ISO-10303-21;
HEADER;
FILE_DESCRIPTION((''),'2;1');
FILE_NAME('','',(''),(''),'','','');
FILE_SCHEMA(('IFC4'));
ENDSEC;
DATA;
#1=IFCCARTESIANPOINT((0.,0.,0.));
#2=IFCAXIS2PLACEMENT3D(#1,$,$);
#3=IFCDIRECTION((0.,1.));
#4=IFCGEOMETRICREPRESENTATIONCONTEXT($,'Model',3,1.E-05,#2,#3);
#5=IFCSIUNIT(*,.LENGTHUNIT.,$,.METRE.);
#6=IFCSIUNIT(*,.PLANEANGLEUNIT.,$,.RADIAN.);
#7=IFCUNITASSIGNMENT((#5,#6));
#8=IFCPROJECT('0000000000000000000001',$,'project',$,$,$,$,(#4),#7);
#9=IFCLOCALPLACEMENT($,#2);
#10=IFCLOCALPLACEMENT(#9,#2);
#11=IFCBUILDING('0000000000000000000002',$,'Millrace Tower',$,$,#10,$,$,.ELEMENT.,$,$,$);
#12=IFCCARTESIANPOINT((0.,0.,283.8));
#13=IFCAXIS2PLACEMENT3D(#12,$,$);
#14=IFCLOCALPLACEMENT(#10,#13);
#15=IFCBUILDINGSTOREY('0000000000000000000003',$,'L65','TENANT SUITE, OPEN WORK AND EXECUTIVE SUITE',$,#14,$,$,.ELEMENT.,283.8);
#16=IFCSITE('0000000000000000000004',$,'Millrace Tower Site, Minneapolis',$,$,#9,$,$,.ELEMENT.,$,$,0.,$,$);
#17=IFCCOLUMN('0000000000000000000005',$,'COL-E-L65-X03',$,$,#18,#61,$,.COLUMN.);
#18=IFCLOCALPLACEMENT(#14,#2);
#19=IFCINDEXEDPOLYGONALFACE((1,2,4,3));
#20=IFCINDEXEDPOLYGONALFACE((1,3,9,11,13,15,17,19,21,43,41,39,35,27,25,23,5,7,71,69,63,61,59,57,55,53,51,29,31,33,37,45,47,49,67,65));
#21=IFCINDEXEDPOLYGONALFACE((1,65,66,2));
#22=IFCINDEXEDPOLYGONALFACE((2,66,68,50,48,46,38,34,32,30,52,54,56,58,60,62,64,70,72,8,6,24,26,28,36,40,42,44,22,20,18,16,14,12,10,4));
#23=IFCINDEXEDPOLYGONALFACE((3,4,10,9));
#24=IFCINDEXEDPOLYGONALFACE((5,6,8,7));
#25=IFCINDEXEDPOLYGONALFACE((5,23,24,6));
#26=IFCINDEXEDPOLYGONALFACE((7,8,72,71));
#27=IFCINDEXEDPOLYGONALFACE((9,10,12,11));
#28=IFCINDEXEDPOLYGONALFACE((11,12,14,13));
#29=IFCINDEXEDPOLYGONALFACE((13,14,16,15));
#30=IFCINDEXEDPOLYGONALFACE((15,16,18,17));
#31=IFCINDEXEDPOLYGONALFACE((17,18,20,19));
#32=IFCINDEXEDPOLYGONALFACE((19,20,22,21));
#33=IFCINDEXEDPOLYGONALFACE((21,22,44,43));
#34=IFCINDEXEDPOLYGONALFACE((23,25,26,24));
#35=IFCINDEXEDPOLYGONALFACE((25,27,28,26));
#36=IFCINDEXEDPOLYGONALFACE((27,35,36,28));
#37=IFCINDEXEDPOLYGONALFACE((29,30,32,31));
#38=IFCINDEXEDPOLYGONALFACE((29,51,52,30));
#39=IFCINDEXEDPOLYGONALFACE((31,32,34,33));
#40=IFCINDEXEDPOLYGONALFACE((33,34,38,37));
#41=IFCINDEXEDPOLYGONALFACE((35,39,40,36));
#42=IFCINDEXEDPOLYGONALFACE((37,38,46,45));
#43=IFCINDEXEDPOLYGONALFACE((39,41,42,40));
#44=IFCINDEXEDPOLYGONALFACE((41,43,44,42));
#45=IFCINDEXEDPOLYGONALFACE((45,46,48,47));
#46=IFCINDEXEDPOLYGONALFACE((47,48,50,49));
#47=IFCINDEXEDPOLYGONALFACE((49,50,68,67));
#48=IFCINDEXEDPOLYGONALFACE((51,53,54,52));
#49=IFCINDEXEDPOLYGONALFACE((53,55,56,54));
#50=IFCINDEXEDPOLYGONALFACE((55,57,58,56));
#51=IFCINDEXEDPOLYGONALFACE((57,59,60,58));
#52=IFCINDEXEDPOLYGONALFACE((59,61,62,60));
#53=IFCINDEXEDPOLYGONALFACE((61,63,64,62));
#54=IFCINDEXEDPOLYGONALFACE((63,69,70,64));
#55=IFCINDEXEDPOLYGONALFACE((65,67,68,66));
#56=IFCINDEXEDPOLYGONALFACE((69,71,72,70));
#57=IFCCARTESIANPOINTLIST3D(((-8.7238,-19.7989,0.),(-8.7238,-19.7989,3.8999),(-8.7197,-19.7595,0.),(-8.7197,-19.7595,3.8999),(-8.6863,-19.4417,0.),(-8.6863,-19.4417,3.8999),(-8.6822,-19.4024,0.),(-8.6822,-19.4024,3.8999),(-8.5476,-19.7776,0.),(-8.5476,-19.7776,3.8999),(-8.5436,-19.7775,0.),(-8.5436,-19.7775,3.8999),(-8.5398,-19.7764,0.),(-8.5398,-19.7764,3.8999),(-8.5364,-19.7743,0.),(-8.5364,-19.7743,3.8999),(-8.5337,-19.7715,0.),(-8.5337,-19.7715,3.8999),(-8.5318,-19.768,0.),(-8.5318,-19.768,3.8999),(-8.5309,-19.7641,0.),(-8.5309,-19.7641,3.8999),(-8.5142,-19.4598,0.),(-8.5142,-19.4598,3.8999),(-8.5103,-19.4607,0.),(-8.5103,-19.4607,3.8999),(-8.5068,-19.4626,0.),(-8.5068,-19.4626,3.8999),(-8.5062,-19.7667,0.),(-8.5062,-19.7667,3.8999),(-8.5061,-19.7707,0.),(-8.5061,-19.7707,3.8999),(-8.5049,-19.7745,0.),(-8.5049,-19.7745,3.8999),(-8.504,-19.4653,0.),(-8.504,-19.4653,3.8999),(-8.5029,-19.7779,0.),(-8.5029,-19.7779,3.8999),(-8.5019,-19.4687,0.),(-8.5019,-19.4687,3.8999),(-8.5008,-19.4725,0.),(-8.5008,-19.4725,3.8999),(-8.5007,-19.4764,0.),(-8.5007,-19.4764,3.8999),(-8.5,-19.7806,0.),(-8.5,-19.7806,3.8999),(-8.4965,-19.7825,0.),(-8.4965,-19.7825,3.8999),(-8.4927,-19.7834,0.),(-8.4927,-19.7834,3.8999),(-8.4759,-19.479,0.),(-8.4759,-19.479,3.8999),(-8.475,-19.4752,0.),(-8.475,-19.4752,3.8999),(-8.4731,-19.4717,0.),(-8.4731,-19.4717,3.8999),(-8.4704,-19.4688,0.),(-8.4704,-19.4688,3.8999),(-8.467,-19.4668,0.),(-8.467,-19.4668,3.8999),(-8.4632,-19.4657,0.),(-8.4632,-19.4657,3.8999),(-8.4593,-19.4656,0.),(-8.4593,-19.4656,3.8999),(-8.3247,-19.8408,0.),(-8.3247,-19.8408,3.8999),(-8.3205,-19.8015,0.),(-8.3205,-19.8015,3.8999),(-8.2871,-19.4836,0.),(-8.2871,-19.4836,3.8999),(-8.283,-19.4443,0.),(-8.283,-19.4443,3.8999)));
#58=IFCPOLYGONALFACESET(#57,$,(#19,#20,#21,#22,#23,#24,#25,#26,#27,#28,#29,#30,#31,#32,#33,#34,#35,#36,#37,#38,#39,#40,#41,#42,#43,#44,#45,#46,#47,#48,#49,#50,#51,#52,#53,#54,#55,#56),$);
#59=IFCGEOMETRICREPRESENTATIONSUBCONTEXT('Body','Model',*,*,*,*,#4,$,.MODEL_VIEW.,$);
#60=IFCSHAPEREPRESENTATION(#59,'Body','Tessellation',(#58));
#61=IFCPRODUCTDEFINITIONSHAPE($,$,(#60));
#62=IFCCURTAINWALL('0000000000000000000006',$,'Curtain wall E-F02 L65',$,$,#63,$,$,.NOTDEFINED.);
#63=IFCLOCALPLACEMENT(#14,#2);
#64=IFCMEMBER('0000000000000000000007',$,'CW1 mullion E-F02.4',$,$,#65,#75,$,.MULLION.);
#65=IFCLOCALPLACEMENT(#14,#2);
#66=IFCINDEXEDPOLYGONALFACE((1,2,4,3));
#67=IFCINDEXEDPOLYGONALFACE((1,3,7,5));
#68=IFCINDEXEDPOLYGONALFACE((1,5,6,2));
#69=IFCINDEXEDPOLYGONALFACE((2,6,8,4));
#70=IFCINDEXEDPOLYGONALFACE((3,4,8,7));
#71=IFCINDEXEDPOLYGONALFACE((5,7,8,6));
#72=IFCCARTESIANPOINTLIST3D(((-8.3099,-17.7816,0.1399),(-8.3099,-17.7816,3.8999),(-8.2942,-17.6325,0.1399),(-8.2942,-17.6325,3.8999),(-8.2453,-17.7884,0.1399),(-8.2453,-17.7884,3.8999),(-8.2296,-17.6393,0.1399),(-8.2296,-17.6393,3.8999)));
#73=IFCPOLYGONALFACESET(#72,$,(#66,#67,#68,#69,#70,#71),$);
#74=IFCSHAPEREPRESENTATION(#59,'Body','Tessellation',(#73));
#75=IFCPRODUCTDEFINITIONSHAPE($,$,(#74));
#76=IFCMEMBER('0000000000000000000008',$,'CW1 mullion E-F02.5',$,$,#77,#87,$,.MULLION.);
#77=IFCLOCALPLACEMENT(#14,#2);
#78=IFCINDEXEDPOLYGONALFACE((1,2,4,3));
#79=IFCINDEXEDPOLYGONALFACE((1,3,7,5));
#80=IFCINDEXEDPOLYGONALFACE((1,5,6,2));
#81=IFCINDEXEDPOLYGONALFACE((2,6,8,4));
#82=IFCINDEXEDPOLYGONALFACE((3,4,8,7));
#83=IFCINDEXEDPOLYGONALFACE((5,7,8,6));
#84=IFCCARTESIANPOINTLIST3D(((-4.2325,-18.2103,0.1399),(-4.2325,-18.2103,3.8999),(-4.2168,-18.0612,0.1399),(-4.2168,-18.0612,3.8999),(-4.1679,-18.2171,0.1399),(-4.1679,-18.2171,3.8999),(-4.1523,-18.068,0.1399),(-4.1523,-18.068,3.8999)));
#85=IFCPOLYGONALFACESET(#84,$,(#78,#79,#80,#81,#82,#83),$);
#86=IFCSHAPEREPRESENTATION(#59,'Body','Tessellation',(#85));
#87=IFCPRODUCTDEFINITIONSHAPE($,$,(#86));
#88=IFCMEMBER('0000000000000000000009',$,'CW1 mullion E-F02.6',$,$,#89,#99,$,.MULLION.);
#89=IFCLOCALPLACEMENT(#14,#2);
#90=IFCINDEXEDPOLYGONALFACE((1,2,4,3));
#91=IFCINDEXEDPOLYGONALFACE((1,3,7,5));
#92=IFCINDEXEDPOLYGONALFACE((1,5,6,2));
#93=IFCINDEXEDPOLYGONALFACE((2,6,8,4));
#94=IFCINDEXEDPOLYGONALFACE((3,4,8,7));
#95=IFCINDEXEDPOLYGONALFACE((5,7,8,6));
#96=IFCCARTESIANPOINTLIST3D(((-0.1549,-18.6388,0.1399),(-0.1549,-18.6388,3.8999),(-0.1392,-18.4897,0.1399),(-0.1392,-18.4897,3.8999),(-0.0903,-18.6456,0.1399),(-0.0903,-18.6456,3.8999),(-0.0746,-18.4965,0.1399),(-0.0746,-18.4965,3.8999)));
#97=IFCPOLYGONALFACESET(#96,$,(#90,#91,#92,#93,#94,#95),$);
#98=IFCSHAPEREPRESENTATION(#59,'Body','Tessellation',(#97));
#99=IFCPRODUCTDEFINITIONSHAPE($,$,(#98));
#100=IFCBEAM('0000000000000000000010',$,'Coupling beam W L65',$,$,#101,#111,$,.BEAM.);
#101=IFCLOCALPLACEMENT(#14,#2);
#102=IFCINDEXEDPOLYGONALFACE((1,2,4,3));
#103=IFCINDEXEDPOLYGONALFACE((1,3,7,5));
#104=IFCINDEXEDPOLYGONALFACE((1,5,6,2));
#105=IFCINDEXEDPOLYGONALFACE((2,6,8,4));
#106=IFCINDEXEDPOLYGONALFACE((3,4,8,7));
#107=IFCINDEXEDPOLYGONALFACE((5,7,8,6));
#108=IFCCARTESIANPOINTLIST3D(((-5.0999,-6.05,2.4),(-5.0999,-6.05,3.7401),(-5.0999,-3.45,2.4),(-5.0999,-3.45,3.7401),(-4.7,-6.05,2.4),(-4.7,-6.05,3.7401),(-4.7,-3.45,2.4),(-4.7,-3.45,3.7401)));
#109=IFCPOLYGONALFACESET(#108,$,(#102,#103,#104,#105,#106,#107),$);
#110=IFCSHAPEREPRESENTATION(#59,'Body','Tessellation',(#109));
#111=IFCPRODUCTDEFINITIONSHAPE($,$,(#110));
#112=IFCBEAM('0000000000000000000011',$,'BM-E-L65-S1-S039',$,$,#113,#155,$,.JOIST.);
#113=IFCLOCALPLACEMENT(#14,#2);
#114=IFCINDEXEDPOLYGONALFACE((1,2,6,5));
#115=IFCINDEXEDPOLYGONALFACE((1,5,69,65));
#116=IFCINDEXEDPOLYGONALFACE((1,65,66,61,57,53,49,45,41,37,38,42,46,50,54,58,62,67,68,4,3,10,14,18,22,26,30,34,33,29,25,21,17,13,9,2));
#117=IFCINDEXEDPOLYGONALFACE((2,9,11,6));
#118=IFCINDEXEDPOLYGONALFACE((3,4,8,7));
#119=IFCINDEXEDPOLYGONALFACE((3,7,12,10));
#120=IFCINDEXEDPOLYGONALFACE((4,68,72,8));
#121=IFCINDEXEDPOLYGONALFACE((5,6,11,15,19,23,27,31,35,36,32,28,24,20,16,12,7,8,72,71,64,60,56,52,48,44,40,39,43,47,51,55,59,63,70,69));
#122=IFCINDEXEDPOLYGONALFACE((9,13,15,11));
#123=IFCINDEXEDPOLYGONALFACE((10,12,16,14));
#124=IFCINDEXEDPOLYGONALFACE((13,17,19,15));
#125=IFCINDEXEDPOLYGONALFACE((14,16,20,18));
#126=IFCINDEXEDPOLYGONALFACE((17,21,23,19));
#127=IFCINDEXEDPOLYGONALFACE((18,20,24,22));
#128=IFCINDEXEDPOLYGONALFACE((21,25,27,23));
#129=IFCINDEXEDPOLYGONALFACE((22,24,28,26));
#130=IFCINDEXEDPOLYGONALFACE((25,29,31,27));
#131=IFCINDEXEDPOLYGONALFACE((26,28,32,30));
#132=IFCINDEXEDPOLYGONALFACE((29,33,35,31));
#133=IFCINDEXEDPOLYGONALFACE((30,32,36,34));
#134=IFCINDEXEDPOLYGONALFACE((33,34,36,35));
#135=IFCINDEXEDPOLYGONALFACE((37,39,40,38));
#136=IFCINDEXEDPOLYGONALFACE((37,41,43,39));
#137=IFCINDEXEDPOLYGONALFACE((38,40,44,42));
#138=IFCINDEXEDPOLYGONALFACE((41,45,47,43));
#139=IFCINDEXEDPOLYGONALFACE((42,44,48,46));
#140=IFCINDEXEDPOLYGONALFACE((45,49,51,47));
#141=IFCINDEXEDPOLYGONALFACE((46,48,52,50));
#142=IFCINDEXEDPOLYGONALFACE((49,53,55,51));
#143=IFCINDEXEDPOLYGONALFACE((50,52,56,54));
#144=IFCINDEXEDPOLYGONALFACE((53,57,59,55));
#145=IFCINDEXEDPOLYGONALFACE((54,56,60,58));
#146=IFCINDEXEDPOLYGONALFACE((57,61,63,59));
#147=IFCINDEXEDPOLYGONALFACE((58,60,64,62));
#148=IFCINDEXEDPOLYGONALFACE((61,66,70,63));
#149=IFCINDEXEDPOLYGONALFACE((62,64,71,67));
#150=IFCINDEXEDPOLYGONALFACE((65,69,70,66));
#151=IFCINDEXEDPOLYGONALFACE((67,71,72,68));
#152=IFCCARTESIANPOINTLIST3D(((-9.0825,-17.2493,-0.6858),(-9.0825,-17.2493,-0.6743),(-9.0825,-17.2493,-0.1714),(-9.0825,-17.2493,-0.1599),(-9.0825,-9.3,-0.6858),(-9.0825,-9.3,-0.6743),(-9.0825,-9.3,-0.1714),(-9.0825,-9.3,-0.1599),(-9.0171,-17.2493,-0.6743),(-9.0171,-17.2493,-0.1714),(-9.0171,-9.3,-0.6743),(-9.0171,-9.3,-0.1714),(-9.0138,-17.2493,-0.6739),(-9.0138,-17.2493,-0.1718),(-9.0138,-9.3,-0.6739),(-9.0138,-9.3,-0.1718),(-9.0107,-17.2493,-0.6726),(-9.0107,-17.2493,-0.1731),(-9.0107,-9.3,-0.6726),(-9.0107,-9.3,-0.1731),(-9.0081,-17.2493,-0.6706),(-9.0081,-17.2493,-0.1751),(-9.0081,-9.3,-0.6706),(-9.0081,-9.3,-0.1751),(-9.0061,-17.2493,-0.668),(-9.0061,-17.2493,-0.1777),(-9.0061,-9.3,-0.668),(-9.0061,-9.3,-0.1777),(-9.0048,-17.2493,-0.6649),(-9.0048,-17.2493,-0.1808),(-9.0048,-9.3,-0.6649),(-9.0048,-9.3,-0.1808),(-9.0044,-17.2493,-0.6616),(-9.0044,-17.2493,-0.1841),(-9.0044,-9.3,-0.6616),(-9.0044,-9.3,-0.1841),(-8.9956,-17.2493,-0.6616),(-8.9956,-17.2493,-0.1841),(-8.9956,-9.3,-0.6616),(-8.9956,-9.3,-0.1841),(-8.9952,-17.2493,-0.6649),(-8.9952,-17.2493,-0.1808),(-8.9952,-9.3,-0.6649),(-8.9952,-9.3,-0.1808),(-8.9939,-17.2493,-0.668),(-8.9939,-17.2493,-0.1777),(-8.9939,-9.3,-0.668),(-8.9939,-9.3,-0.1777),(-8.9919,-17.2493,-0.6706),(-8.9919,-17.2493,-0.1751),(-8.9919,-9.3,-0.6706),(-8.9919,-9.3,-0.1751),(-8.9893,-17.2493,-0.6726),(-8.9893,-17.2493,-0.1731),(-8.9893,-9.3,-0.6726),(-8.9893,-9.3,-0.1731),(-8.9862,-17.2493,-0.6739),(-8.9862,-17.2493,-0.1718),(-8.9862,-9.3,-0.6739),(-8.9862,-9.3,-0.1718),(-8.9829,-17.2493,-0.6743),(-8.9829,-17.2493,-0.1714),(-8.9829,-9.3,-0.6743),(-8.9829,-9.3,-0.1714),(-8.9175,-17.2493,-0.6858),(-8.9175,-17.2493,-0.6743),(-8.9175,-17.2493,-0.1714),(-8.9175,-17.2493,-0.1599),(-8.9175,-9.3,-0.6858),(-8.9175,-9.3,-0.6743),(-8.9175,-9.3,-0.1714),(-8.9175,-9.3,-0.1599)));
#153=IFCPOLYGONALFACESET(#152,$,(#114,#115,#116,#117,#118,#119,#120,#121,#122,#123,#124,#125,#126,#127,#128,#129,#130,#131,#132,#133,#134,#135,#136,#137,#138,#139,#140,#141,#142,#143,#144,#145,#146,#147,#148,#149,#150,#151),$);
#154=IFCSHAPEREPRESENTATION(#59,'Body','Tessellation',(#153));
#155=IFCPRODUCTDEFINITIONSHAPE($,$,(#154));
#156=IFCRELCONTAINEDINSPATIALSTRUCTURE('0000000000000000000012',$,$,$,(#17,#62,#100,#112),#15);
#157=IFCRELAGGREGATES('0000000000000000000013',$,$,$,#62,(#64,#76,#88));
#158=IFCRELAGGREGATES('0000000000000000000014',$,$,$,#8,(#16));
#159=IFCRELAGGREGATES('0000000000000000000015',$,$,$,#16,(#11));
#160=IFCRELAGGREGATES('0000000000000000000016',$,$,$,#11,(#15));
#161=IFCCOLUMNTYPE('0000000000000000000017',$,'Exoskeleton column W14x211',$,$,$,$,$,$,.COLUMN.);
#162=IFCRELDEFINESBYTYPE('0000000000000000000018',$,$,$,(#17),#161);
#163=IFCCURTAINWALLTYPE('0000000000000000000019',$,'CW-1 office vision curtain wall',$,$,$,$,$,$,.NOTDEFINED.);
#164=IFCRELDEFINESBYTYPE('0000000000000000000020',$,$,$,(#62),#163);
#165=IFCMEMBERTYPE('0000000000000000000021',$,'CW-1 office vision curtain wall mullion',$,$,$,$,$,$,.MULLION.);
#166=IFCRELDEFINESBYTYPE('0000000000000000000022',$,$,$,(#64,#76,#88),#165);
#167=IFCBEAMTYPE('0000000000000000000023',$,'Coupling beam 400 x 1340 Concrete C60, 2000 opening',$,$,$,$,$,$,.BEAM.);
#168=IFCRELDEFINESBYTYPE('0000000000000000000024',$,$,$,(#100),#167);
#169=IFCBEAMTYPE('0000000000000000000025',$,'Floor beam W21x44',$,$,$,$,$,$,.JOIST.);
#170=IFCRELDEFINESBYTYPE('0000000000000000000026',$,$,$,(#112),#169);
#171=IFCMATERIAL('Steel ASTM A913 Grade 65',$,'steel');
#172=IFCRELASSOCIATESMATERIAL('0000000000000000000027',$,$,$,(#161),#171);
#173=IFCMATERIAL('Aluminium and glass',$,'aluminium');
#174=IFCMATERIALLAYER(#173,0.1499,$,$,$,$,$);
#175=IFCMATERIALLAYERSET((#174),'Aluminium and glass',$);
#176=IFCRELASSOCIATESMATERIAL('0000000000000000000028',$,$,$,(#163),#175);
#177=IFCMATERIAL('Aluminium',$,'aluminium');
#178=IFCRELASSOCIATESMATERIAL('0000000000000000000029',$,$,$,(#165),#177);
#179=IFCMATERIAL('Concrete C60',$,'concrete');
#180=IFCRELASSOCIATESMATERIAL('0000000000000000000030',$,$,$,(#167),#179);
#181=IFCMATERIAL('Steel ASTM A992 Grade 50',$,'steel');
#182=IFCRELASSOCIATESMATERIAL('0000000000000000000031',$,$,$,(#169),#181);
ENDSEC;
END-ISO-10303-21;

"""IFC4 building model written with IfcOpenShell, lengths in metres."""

from ifc_helpers import new_model, si_unit, direction, frame, origin, origin_2d, place, context, subcontext, project, spatial, rectangle, i_section, extrude, material, layer, layer_set, material_profile, profile_set, type_object, element, aggregate, save


model = new_model("IFC4")

# Units and contexts
model_context = context("Model", 3, precision=1e-05, world=origin(), true_north=direction((0.0, 1.0)))
body_context = subcontext(model_context, "Body", "Model", "MODEL_VIEW")
ifc_project = project(units=[si_unit("LENGTHUNIT", "METRE"), si_unit("PLANEANGLEUNIT", "RADIAN")], contexts=[model_context])

# Site, building, storey
site_placement = place(None, origin())
site = spatial("IfcSite", under=ifc_project, at=site_placement, Name="Millrace Tower Site, Minneapolis", CompositionType="ELEMENT", RefElevation=0.0)
building_placement = place(site_placement, origin())
building = spatial("IfcBuilding", under=site, at=building_placement, Name="Millrace Tower", CompositionType="ELEMENT")
storey_placement = place(building_placement, frame((0.0, 0.0, 283.8)))
storey = spatial("IfcBuildingStorey", under=building, at=storey_placement, Name="L65", Description="TENANT SUITE, OPEN WORK AND EXECUTIVE SUITE", CompositionType="ELEMENT", Elevation=283.8)

# Column
ifc_material_1 = material(Name="Steel ASTM A913 Grade 65", Category="steel")
ifc_material_profile_1 = material_profile(ifc_material_1, i_section(OverallWidth=0.4014, OverallDepth=0.3987, WebThickness=0.0249, FlangeThickness=0.0396, FilletRadius=0.0151, at=origin_2d()))
ifc_profile_set_1 = profile_set([ifc_material_profile_1], Name="Steel ASTM A913 Grade 65")
column_type = type_object("IfcColumnType", Name="Exoskeleton column W14x211", PredefinedType="COLUMN", material=ifc_profile_set_1)
column_placement = place(storey_placement, frame((-8.5034, -19.6216, 0.0), z_axis=(0.0, 0.0, 1.0), x_axis=(0.994522, -0.104528, 0.0)))
element("IfcColumn", 1, at=column_placement, inside=storey, type_object=column_type, Name="COL-E-L65-X03", PredefinedType="COLUMN", context=body_context, shape_type="SweptSolid", body=[
    extrude(i_section(OverallWidth=0.4014, OverallDepth=0.3987, WebThickness=0.0249, FlangeThickness=0.0396, FilletRadius=0.0151, at=origin_2d()), origin(), (0.0, 0.0, 1.0), 3.8999),
])

# Curtain wall, members
ifc_material_2 = material(Name="Aluminium and glass", Category="aluminium")
ifc_layer_1 = layer(ifc_material_2, 0.1499)
ifc_layer_set_1 = layer_set([ifc_layer_1], Name="Aluminium and glass")
curtain_wall_type = type_object("IfcCurtainWallType", Name="CW-1 office vision curtain wall", PredefinedType="NOTDEFINED", material=ifc_layer_set_1)
curtain_wall_placement = place(storey_placement, origin())
curtain_wall = element("IfcCurtainWall", 2, at=curtain_wall_placement, inside=storey, type_object=curtain_wall_type, Name="Curtain wall E-F02 L65", PredefinedType="NOTDEFINED")
ifc_material_3 = material(Name="Aluminium", Category="aluminium")
ifc_material_profile_2 = material_profile(ifc_material_3, rectangle(XDim=0.0649, YDim=0.1499, at=origin_2d()))
ifc_profile_set_2 = profile_set([ifc_material_profile_2], Name="Aluminium")
member_type = type_object("IfcMemberType", Name="CW-1 office vision curtain wall mullion", PredefinedType="MULLION", material=ifc_profile_set_2)
member_1_placement = place(storey_placement, frame((-8.2698, -17.7104, 0.1399), z_axis=(0.0, 0.0, 1.0), x_axis=(0.994522, -0.104528, 0.0)))
member_1 = element("IfcMember", 3, at=member_1_placement, type_object=member_type, Name="CW1 mullion E-F02.4", PredefinedType="MULLION", context=body_context, shape_type="SweptSolid", body=[
    extrude(rectangle(XDim=0.0649, YDim=0.1499, at=origin_2d()), origin(), (0.0, 0.0, 1.0), 3.76),
])
member_2_placement = place(storey_placement, frame((-4.1924, -18.1392, 0.1399), z_axis=(0.0, 0.0, 1.0), x_axis=(0.994522, -0.104528, 0.0)))
member_2 = element("IfcMember", 4, at=member_2_placement, type_object=member_type, Name="CW1 mullion E-F02.5", PredefinedType="MULLION", context=body_context, shape_type="SweptSolid", body=[
    extrude(rectangle(XDim=0.0649, YDim=0.1499, at=origin_2d()), origin(), (0.0, 0.0, 1.0), 3.76),
])
member_3_placement = place(storey_placement, frame((-0.1147, -18.5676, 0.1399), z_axis=(0.0, 0.0, 1.0), x_axis=(0.994522, -0.104528, 0.0)))
member_3 = element("IfcMember", 5, at=member_3_placement, type_object=member_type, Name="CW1 mullion E-F02.6", PredefinedType="MULLION", context=body_context, shape_type="SweptSolid", body=[
    extrude(rectangle(XDim=0.0649, YDim=0.1499, at=origin_2d()), origin(), (0.0, 0.0, 1.0), 3.76),
])
aggregate(curtain_wall, [member_1, member_2, member_3])

# Beams
ifc_material_4 = material(Name="Concrete C60", Category="concrete")
ifc_material_profile_3 = material_profile(ifc_material_4, rectangle(XDim=0.3999, YDim=1.3401, at=origin_2d()))
ifc_profile_set_3 = profile_set([ifc_material_profile_3], Name="Concrete C60")
beam_type_1 = type_object("IfcBeamType", Name="Coupling beam 400 x 1340 Concrete C60, 2000 opening", PredefinedType="BEAM", material=ifc_profile_set_3)
beam_1_placement = place(storey_placement, frame((-4.8999, -6.05, 3.0701), z_axis=(0.0, 1.0, 0.0), x_axis=(-1.0, 0.0, 0.0)))
element("IfcBeam", 6, at=beam_1_placement, inside=storey, type_object=beam_type_1, Name="Coupling beam W L65", PredefinedType="BEAM", context=body_context, shape_type="SweptSolid", body=[
    extrude(rectangle(XDim=0.3999, YDim=1.3401, at=origin_2d()), origin(), (0.0, 0.0, 1.0), 2.6001),
])
ifc_material_5 = material(Name="Steel ASTM A992 Grade 50", Category="steel")
ifc_material_profile_4 = material_profile(ifc_material_5, i_section(OverallWidth=0.165, OverallDepth=0.5259, WebThickness=0.0088, FlangeThickness=0.0115, FilletRadius=0.0127, at=origin_2d()))
ifc_profile_set_4 = profile_set([ifc_material_profile_4], Name="Steel ASTM A992 Grade 50")
beam_type_2 = type_object("IfcBeamType", Name="Floor beam W21x44", PredefinedType="JOIST", material=ifc_profile_set_4)
beam_2_placement = place(storey_placement, frame((-9.0, -17.2493, -0.4229), z_axis=(0.0, 1.0, 0.0), x_axis=(-1.0, 0.0, 0.0)))
element("IfcBeam", 7, at=beam_2_placement, inside=storey, type_object=beam_type_2, Name="BM-E-L65-S1-S039", PredefinedType="JOIST", context=body_context, shape_type="SweptSolid", body=[
    extrude(i_section(OverallWidth=0.165, OverallDepth=0.5259, WebThickness=0.0088, FlangeThickness=0.0115, FilletRadius=0.0127, at=origin_2d()), origin(), (0.0, 0.0, 1.0), 7.9492),
])

save(model, "model.ifc")
